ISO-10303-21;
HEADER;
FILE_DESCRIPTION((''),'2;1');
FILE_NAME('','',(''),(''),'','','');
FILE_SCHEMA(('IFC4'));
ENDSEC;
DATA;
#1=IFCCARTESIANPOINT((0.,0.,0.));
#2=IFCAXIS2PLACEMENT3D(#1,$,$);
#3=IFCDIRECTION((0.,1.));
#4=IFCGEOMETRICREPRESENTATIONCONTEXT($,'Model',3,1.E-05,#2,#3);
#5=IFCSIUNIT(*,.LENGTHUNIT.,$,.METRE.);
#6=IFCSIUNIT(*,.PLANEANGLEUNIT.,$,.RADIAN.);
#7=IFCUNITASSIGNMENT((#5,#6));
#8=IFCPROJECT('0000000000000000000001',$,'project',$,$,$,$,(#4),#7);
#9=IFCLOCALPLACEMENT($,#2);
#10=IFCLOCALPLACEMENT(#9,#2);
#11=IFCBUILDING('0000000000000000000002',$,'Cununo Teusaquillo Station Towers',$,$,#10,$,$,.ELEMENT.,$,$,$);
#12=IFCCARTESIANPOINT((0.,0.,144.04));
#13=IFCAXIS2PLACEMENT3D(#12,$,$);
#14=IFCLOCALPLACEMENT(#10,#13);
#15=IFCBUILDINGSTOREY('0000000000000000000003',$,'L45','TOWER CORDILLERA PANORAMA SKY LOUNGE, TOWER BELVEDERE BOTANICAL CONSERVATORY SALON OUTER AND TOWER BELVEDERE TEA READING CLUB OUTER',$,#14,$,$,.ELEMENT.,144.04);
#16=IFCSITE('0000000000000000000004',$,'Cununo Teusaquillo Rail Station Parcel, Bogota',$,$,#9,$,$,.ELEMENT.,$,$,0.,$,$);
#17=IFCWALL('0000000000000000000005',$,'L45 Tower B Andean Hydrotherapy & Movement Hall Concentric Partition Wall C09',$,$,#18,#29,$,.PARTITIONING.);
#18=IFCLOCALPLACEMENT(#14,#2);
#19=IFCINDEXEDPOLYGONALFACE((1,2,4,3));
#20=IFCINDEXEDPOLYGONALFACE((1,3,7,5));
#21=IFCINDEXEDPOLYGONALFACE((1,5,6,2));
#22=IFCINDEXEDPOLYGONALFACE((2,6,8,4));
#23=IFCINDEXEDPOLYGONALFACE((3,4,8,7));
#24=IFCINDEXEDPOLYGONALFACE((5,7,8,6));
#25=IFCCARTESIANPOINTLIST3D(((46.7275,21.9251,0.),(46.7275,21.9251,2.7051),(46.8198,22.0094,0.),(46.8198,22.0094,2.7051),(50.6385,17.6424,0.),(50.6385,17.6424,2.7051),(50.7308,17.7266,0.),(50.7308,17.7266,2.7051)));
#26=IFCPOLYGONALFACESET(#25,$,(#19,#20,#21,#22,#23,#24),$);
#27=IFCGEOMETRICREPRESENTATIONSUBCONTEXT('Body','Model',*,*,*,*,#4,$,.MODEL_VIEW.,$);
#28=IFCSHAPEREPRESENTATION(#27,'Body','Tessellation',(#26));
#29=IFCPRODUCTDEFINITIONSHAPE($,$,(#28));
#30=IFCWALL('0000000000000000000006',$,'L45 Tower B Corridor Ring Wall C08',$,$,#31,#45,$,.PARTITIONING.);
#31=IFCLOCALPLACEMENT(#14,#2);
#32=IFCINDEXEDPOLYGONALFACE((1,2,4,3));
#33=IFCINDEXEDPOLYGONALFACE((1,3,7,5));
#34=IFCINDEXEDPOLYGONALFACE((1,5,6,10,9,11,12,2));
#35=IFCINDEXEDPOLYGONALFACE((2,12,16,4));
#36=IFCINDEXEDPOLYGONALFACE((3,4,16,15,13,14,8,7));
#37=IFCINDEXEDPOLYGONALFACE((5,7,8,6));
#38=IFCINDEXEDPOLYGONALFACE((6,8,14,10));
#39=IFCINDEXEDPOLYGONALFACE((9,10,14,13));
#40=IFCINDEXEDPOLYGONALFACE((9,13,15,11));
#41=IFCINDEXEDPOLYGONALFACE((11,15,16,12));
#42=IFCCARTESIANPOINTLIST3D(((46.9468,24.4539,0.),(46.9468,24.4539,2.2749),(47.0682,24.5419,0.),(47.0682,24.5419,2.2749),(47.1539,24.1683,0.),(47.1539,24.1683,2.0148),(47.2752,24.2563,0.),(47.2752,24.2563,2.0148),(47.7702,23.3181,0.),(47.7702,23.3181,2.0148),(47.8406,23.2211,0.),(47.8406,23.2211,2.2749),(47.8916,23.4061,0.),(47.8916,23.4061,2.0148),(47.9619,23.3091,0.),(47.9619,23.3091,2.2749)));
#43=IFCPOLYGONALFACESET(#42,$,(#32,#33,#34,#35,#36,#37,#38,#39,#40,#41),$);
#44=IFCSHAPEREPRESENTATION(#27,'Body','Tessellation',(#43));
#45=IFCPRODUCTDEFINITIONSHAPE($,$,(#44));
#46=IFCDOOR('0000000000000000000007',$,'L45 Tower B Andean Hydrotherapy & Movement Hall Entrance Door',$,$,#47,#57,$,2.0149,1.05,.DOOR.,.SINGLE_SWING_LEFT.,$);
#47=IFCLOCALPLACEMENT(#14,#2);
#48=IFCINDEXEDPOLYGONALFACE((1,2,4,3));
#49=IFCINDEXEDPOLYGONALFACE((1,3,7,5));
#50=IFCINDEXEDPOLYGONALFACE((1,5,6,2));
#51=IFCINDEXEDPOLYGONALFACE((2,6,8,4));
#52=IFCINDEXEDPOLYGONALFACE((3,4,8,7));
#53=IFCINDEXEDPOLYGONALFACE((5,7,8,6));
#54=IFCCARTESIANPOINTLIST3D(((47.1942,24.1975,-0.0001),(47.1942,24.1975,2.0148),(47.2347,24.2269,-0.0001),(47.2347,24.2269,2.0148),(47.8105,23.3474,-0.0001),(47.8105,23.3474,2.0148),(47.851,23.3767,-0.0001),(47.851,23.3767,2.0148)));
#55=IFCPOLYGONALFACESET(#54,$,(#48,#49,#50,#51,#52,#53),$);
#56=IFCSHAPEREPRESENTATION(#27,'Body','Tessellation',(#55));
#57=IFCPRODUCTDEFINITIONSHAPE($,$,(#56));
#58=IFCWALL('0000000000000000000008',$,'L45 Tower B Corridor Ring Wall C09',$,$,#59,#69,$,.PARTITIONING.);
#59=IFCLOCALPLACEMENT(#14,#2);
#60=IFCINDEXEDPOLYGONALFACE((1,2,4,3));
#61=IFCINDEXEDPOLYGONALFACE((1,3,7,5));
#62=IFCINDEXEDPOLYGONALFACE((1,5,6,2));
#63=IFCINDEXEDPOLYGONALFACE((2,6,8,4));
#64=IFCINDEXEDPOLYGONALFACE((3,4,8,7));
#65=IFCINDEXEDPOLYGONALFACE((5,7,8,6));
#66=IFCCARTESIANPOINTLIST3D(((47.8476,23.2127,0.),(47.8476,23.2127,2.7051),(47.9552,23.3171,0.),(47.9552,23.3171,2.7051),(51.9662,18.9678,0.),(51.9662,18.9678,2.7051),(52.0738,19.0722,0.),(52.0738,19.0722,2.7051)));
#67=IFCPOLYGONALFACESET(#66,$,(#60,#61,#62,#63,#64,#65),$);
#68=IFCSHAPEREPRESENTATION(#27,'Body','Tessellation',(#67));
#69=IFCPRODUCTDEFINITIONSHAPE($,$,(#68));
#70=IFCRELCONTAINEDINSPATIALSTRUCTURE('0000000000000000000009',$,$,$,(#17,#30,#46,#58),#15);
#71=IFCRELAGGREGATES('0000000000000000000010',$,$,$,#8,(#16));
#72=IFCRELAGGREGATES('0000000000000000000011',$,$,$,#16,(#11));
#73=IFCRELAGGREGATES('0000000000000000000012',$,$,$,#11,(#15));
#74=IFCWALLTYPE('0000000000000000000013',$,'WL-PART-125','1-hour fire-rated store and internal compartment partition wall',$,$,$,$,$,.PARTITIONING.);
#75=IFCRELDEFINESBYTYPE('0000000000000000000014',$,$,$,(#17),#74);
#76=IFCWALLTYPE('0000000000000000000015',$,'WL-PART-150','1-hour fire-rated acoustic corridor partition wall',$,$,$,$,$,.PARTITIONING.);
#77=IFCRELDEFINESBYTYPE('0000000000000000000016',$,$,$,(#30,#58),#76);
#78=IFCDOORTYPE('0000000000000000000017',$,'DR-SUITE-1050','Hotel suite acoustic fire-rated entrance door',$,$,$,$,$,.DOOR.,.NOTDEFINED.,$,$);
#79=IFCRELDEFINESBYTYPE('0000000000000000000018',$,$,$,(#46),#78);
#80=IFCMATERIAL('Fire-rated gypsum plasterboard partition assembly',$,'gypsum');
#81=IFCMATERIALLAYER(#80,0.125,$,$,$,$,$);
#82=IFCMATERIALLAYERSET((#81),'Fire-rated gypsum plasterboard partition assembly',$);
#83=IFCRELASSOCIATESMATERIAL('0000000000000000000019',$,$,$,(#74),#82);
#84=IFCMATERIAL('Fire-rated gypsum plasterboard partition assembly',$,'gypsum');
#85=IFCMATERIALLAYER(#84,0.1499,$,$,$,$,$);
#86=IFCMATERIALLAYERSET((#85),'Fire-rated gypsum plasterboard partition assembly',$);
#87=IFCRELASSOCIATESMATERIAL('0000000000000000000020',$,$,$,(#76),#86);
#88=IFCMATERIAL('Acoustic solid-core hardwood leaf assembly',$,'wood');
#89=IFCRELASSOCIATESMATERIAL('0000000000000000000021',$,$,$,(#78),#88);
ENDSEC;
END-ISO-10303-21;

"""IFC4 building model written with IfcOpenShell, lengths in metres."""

from ifc_helpers import new_model, si_unit, direction, frame, frame_2d, origin, place, context, subcontext, project, spatial, rectangle, extrude, source, transform, mapped, material, layer, layer_set, type_object, element, fill, save


model = new_model("IFC4")

# Units and contexts
model_context = context("Model", 3, precision=1e-05, world=origin(), true_north=direction((0.0, 1.0)))
body_context = subcontext(model_context, "Body", "Model", "MODEL_VIEW")
ifc_project = project(units=[si_unit("LENGTHUNIT", "METRE"), si_unit("PLANEANGLEUNIT", "RADIAN")], contexts=[model_context])

# Site, building, storey
site_placement = place(None, origin())
site = spatial("IfcSite", under=ifc_project, at=site_placement, Name="Cununo Teusaquillo Rail Station Parcel, Bogota", CompositionType="ELEMENT", RefElevation=0.0)
building_placement = place(site_placement, origin())
building = spatial("IfcBuilding", under=site, at=building_placement, Name="Cununo Teusaquillo Station Towers", CompositionType="ELEMENT")
storey_placement = place(building_placement, frame((0.0, 0.0, 144.04)))
storey = spatial("IfcBuildingStorey", under=building, at=storey_placement, Name="L45", Description="TOWER CORDILLERA PANORAMA SKY LOUNGE, TOWER BELVEDERE BOTANICAL CONSERVATORY SALON OUTER AND TOWER BELVEDERE TEA READING CLUB OUTER", CompositionType="ELEMENT", Elevation=144.04)

# Wall
ifc_material_1 = material(Name="Fire-rated gypsum plasterboard partition assembly", Category="gypsum")
ifc_layer_1 = layer(ifc_material_1, 0.125)
ifc_layer_set_1 = layer_set([ifc_layer_1], Name="Fire-rated gypsum plasterboard partition assembly")
wall_type_1 = type_object("IfcWallType", Name="WL-PART-125", Description="1-hour fire-rated store and internal compartment partition wall", PredefinedType="PARTITIONING", material=ifc_layer_set_1)
wall_1_placement = place(storey_placement, frame((46.7737, 21.9673, 0.0), z_axis=(0.0, 0.0, 1.0), x_axis=(0.674324, -0.738435, 0.0)))
element("IfcWall", 1, at=wall_1_placement, inside=storey, type_object=wall_type_1, Name="L45 Tower B Andean Hydrotherapy & Movement Hall Concentric Partition Wall C09", PredefinedType="PARTITIONING", context=body_context, shape_type="SweptSolid", body=[
    extrude(rectangle(XDim=5.7998, YDim=0.125, at=frame_2d((2.8999, 0.0))), origin(), (0.0, 0.0, 1.0), 2.7051),
])

# Wall, opening, door
ifc_material_2 = material(Name="Fire-rated gypsum plasterboard partition assembly", Category="gypsum")
ifc_layer_2 = layer(ifc_material_2, 0.1499)
ifc_layer_set_2 = layer_set([ifc_layer_2], Name="Fire-rated gypsum plasterboard partition assembly")
wall_type_2 = type_object("IfcWallType", Name="WL-PART-150", Description="1-hour fire-rated acoustic corridor partition wall", PredefinedType="PARTITIONING", material=ifc_layer_set_2)
wall_2_placement = place(storey_placement, frame((47.0076, 24.4978, 0.0), z_axis=(0.0, 0.0, 1.0), x_axis=(0.586941, -0.809629, 0.0)))
wall_2 = element("IfcWall", 2, at=wall_2_placement, inside=storey, type_object=wall_type_2, Name="L45 Tower B Corridor Ring Wall C08", PredefinedType="PARTITIONING", context=body_context, shape_type="SweptSolid", body=[
    extrude(rectangle(XDim=1.5227, YDim=0.1499, at=frame_2d((0.7612, 0.0))), origin(), (0.0, 0.0, 1.0), 2.2749),
])
shared_shape_1 = source(origin(), body_context, "Body", "SweptSolid", [
    extrude(rectangle(XDim=1.05, YDim=2.0149, at=frame_2d((0.5249, 1.0073))), frame((0.0, 0.085, 0.0), z_axis=(0.0, -1.0, 0.0), x_axis=(1.0, 0.0, 0.0)), (0.0, 0.0, 1.0), 0.1699),
])
opening_1_placement = place(wall_2_placement, frame((0.3528, 0.0, 0.0)))
opening_1 = element("IfcOpeningElement", 3, at=opening_1_placement, cuts=wall_2, PredefinedType="OPENING", context=body_context, shape_type="MappedRepresentation", body=[
    mapped(shared_shape_1, transform((0.0, 0.0, 0.0), x_axis=(1.0, 0.0, 0.0), y_axis=(0.0, 1.0, 0.0), z_axis=(0.0, 0.0, 1.0), scale=1.0)),
])
ifc_material_3 = material(Name="Acoustic solid-core hardwood leaf assembly", Category="wood")
door_type_1 = type_object("IfcDoorType", Name="DR-SUITE-1050", Description="Hotel suite acoustic fire-rated entrance door", OperationType="NOTDEFINED", PredefinedType="DOOR", material=ifc_material_3)
shared_shape_2 = source(origin(), body_context, "Body", "SweptSolid", [
    extrude(rectangle(XDim=1.05, YDim=2.0149, at=frame_2d((0.5249, 1.0073))), frame((0.0, 0.0249, 0.0), z_axis=(0.0, -1.0, 0.0), x_axis=(1.0, 0.0, 0.0)), (0.0, 0.0, 1.0), 0.05),
])
door_1_placement = place(opening_1_placement, origin())
door_1 = element("IfcDoor", 4, at=door_1_placement, inside=storey, type_object=door_type_1, Name="L45 Tower B Andean Hydrotherapy & Movement Hall Entrance Door", OperationType="SINGLE_SWING_LEFT", OverallHeight=2.0149, OverallWidth=1.05, PredefinedType="DOOR", context=body_context, shape_type="MappedRepresentation", body=[
    mapped(shared_shape_2, transform((0.0, 0.0, 0.0), x_axis=(1.0, 0.0, 0.0), y_axis=(0.0, 1.0, 0.0), z_axis=(0.0, 0.0, 1.0), scale=1.0)),
])
fill(opening_1, door_1)

# Wall
wall_3_placement = place(storey_placement, frame((47.9014, 23.2649, 0.0), z_axis=(0.0, 0.0, 1.0), x_axis=(0.696356, -0.717697, 0.0)))
element("IfcWall", 5, at=wall_3_placement, inside=storey, type_object=wall_type_2, Name="L45 Tower B Corridor Ring Wall C09", PredefinedType="PARTITIONING", context=body_context, shape_type="SweptSolid", body=[
    extrude(rectangle(XDim=5.9146, YDim=0.1499, at=frame_2d((2.9573, 0.0))), origin(), (0.0, 0.0, 1.0), 2.7051),
])

save(model, "model.ifc")
